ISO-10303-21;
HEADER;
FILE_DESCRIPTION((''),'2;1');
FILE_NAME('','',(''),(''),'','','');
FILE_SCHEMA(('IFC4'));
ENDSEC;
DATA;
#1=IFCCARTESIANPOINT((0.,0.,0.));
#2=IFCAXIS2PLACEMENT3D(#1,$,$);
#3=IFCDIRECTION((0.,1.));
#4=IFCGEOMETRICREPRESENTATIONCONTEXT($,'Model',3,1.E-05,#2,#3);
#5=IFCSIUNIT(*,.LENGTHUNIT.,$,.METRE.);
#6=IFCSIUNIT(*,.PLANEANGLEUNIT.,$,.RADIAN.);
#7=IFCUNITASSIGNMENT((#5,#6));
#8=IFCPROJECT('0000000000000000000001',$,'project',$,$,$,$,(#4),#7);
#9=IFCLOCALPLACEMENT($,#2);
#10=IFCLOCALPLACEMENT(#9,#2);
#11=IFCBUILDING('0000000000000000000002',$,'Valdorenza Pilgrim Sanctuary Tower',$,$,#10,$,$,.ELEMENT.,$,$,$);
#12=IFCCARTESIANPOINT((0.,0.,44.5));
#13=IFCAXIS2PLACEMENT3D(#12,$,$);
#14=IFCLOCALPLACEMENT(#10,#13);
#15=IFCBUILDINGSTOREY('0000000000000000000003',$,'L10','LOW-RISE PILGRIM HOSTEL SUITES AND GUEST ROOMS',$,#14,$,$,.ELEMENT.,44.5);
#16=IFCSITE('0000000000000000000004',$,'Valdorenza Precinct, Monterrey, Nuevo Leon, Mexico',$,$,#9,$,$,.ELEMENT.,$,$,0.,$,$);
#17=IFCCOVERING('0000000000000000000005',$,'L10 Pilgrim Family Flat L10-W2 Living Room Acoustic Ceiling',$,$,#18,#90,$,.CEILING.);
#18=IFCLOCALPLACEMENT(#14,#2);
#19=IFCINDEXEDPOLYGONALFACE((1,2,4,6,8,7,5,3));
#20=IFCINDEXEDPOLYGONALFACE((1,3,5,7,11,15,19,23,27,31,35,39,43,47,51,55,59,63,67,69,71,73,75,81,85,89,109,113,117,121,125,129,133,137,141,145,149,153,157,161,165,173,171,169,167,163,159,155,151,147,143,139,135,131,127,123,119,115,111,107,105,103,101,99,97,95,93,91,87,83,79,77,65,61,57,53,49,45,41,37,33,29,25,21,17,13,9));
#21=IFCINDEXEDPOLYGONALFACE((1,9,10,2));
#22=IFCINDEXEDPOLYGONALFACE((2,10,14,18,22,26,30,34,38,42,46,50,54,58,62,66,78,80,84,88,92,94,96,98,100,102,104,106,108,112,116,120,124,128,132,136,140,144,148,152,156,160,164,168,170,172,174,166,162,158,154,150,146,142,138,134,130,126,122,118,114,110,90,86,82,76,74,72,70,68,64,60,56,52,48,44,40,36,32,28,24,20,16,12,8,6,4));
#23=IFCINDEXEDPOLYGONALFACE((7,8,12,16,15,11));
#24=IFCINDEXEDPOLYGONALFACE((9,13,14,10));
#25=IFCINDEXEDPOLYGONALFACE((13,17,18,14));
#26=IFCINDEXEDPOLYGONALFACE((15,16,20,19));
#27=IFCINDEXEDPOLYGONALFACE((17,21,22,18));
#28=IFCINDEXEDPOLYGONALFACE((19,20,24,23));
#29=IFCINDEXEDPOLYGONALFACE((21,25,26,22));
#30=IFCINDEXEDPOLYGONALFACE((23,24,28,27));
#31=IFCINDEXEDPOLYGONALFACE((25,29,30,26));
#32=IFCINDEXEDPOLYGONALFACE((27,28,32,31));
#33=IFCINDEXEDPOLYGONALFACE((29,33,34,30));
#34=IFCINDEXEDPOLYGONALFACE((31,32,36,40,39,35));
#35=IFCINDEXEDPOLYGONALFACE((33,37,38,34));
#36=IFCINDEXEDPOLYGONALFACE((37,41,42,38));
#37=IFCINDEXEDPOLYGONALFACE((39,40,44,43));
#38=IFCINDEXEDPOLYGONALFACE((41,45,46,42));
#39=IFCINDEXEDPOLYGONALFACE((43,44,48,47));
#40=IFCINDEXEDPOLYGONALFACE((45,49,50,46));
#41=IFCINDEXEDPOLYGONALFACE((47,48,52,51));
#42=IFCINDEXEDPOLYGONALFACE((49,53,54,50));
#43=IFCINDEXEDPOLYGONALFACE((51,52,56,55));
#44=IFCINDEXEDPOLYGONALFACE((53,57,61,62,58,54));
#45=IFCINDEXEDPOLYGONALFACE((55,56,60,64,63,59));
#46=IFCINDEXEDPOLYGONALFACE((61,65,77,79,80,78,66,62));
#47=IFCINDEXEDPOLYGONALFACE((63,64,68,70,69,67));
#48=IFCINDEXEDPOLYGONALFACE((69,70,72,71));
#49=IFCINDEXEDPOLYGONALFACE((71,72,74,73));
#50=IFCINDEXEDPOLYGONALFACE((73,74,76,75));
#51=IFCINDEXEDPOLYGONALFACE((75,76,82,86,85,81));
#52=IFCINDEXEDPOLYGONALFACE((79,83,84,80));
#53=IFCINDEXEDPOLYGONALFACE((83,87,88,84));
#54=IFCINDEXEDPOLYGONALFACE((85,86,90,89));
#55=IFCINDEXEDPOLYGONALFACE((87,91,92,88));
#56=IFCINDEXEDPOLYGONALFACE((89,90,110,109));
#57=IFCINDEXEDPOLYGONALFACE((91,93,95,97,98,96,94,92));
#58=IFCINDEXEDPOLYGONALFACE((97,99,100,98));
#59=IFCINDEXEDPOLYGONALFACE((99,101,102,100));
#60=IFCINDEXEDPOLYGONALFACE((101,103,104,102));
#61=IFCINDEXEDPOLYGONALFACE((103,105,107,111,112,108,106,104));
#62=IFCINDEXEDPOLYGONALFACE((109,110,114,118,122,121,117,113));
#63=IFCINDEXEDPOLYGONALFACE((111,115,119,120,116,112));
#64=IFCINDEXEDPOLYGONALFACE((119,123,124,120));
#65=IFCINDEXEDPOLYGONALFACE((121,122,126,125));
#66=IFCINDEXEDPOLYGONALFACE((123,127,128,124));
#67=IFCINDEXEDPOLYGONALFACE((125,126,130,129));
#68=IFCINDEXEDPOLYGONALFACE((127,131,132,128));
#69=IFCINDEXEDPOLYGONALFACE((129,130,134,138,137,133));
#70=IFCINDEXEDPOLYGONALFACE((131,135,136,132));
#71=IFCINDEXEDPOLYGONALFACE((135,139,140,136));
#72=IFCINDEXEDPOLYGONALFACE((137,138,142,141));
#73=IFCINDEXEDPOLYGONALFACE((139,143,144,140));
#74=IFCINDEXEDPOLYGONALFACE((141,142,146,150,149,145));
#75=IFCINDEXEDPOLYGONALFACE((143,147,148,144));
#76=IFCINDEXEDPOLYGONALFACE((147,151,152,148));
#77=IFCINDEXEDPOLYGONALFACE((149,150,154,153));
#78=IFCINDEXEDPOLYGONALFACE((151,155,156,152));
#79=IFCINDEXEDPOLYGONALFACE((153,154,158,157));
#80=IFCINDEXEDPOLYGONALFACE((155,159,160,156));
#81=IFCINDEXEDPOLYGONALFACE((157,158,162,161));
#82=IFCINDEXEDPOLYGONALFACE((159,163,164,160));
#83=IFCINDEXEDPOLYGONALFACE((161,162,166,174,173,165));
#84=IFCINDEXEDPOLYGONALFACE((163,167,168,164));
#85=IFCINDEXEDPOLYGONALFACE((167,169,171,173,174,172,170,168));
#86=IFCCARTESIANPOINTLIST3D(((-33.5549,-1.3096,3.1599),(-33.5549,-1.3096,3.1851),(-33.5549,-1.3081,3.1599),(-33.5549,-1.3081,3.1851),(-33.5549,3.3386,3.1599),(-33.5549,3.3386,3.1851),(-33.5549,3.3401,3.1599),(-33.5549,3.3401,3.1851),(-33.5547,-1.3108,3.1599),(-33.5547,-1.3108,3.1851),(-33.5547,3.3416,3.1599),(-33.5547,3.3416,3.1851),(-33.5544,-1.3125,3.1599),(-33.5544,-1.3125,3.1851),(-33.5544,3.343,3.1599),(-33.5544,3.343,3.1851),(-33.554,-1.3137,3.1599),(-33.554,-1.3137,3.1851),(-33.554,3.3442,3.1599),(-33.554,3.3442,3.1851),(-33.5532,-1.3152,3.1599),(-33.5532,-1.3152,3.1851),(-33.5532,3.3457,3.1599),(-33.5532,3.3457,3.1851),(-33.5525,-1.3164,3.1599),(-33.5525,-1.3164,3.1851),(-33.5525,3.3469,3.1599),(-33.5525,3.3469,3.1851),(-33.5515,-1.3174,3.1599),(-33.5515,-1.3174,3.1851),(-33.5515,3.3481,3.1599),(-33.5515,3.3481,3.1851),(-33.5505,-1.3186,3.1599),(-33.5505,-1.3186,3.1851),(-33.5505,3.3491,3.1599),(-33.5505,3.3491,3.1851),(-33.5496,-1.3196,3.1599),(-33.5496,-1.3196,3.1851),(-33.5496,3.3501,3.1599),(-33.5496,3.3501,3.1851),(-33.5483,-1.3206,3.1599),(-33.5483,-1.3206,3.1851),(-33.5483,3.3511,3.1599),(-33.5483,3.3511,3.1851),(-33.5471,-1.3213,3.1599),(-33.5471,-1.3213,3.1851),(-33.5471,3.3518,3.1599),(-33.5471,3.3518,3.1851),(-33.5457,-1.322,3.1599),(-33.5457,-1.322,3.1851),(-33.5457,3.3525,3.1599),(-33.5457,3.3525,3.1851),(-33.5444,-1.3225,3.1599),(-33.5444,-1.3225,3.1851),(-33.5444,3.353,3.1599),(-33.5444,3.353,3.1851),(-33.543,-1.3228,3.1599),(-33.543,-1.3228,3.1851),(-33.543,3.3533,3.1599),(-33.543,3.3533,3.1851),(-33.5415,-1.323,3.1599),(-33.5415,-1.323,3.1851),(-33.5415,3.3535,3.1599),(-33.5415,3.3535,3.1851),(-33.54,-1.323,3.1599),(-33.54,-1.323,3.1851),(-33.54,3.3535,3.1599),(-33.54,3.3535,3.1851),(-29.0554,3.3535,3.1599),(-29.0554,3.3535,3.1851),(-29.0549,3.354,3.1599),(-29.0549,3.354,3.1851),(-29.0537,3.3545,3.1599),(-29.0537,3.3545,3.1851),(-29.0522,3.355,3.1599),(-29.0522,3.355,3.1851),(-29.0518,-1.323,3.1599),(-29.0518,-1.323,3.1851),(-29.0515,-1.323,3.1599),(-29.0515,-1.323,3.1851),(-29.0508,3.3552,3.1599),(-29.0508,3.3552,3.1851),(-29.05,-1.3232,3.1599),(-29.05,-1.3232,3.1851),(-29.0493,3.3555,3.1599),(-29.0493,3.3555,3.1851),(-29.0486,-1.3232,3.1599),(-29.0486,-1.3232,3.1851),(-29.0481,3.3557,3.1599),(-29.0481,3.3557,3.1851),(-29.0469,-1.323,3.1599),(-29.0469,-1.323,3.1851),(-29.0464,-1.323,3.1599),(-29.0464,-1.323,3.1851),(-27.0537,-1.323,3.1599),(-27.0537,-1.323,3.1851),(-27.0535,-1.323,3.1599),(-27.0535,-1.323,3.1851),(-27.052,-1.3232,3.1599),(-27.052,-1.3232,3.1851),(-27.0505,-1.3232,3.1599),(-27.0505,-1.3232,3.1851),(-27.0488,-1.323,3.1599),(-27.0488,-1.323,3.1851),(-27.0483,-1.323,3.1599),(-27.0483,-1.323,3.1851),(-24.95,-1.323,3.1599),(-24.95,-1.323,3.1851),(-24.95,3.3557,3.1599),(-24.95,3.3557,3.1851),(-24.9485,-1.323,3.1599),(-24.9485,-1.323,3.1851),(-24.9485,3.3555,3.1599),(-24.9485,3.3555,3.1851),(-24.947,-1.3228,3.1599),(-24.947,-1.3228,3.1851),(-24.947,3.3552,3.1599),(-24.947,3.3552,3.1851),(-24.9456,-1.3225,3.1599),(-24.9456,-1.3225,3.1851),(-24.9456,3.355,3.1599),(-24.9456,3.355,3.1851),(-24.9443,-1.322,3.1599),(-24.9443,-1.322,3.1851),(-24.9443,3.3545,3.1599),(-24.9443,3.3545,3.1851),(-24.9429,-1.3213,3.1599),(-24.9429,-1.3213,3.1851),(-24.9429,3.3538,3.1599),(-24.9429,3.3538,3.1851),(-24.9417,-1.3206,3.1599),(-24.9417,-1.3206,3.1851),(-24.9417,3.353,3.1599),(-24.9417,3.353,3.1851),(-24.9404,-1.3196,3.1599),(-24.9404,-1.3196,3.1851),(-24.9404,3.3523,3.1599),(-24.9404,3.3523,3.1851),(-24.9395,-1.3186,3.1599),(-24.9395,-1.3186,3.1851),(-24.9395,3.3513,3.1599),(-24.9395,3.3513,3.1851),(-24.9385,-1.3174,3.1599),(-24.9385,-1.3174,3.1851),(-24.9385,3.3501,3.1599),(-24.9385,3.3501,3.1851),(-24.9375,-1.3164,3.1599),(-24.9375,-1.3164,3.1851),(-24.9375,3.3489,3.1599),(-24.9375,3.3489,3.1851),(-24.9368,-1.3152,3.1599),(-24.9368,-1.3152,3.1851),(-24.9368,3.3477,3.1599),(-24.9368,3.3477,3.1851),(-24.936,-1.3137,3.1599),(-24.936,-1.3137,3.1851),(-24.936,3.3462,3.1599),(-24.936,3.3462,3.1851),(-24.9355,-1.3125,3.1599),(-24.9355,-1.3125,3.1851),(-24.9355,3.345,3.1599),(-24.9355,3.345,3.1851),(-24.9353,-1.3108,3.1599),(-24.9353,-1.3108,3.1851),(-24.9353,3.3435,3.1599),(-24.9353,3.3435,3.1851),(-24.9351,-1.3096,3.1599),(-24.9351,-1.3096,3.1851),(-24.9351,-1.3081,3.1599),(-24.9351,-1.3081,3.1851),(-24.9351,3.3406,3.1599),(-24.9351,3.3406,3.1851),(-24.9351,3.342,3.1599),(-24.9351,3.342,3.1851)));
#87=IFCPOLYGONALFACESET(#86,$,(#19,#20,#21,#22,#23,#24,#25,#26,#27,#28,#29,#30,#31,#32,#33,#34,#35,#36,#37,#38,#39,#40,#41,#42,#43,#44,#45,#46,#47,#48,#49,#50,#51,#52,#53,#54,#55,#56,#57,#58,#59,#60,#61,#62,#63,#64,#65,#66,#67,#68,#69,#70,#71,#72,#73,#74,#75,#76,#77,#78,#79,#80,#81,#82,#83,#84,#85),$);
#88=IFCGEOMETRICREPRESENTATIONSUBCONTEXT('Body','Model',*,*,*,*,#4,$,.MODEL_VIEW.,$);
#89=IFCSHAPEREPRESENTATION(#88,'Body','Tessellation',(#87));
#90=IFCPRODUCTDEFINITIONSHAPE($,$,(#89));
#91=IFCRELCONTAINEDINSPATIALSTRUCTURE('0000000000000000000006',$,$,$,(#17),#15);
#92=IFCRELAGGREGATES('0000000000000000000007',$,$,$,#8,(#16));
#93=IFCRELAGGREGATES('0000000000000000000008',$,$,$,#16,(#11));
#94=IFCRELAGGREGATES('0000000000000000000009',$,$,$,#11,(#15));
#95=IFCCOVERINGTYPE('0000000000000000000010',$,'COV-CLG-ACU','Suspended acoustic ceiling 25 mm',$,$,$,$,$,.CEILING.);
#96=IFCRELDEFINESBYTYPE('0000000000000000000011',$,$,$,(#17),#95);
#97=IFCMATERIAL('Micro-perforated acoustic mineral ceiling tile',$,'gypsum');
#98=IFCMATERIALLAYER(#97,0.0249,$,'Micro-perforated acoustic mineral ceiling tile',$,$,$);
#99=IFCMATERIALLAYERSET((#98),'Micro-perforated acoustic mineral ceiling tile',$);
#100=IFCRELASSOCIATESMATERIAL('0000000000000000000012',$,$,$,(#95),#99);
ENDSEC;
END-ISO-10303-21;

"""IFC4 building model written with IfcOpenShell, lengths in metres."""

from ifc_helpers import new_model, si_unit, direction, frame, origin, place, context, subcontext, project, spatial, polyline, outline, extrude, material, layer, layer_set, type_object, element, save


model = new_model("IFC4")

# Units and contexts
model_context = context("Model", 3, precision=1e-05, world=origin(), true_north=direction((0.0, 1.0)))
body_context = subcontext(model_context, "Body", "Model", "MODEL_VIEW")
ifc_project = project(units=[si_unit("LENGTHUNIT", "METRE"), si_unit("PLANEANGLEUNIT", "RADIAN")], contexts=[model_context])

# Site, building, storey
site_placement = place(None, origin())
site = spatial("IfcSite", under=ifc_project, at=site_placement, Name="Valdorenza Precinct, Monterrey, Nuevo Leon, Mexico", CompositionType="ELEMENT", RefElevation=0.0)
building_placement = place(site_placement, origin())
building = spatial("IfcBuilding", under=site, at=building_placement, Name="Valdorenza Pilgrim Sanctuary Tower", CompositionType="ELEMENT")
storey_placement = place(building_placement, frame((0.0, 0.0, 44.5)))
storey = spatial("IfcBuildingStorey", under=building, at=storey_placement, Name="L10", Description="LOW-RISE PILGRIM HOSTEL SUITES AND GUEST ROOMS", CompositionType="ELEMENT", Elevation=44.5)

# Covering
ifc_material_1 = material(Name="Micro-perforated acoustic mineral ceiling tile", Category="gypsum")
ifc_layer_1 = layer(ifc_material_1, 0.0249, Name="Micro-perforated acoustic mineral ceiling tile")
ifc_layer_set_1 = layer_set([ifc_layer_1], Name="Micro-perforated acoustic mineral ceiling tile")
covering_type_1 = type_object("IfcCoveringType", Name="COV-CLG-ACU", Description="Suspended acoustic ceiling 25 mm", PredefinedType="CEILING", material=ifc_layer_set_1)
covering_1_placement = place(storey_placement, frame((0.0, 0.0, 3.1599)))
element("IfcCovering", 1, at=covering_1_placement, inside=storey, type_object=covering_type_1, Name="L10 Pilgrim Family Flat L10-W2 Living Room Acoustic Ceiling", PredefinedType="CEILING", context=body_context, shape_type="SweptSolid", body=[
    extrude(outline(polyline([(-29.0554, 3.3535), (-29.0549, 3.354), (-29.0537, 3.3545), (-29.0522, 3.355), (-29.0508, 3.3552), (-29.0493, 3.3555), (-29.0481, 3.3557), (-24.95, 3.3557), (-24.9485, 3.3555), (-24.947, 3.3552), (-24.9456, 3.355), (-24.9443, 3.3545), (-24.9429, 3.3538), (-24.9417, 3.353), (-24.9404, 3.3523), (-24.9395, 3.3513), (-24.9385, 3.3501), (-24.9375, 3.3489), (-24.9368, 3.3477), (-24.936, 3.3462), (-24.9355, 3.345), (-24.9353, 3.3435), (-24.9351, 3.342), (-24.9351, 3.3406), (-24.9351, -1.3081), (-24.9351, -1.3096), (-24.9353, -1.3108), (-24.9355, -1.3125), (-24.936, -1.3137), (-24.9368, -1.3152), (-24.9375, -1.3164), (-24.9385, -1.3174), (-24.9395, -1.3186), (-24.9404, -1.3196), (-24.9417, -1.3206), (-24.9429, -1.3213), (-24.9443, -1.322), (-24.9456, -1.3225), (-24.947, -1.3228), (-24.9485, -1.323), (-24.95, -1.323), (-27.0483, -1.323), (-27.0488, -1.323), (-27.0505, -1.3232), (-27.052, -1.3232), (-27.0535, -1.323), (-27.0537, -1.323), (-29.0464, -1.323), (-29.0469, -1.323), (-29.0486, -1.3232), (-29.05, -1.3232), (-29.0515, -1.323), (-29.0518, -1.323), (-33.54, -1.323), (-33.5415, -1.323), (-33.543, -1.3228), (-33.5444, -1.3225), (-33.5457, -1.322), (-33.5471, -1.3213), (-33.5483, -1.3206), (-33.5496, -1.3196), (-33.5505, -1.3186), (-33.5515, -1.3174), (-33.5525, -1.3164), (-33.5532, -1.3152), (-33.554, -1.3137), (-33.5544, -1.3125), (-33.5547, -1.3108), (-33.5549, -1.3096), (-33.5549, -1.3081), (-33.5549, 3.3386), (-33.5549, 3.3401), (-33.5547, 3.3416), (-33.5544, 3.343), (-33.554, 3.3442), (-33.5532, 3.3457), (-33.5525, 3.3469), (-33.5515, 3.3481), (-33.5505, 3.3491), (-33.5496, 3.3501), (-33.5483, 3.3511), (-33.5471, 3.3518), (-33.5457, 3.3525), (-33.5444, 3.353), (-33.543, 3.3533), (-33.5415, 3.3535), (-33.54, 3.3535), (-29.0554, 3.3535)])), origin(), (0.0, 0.0, 1.0), 0.0251),
])

save(model, "model.ifc")
